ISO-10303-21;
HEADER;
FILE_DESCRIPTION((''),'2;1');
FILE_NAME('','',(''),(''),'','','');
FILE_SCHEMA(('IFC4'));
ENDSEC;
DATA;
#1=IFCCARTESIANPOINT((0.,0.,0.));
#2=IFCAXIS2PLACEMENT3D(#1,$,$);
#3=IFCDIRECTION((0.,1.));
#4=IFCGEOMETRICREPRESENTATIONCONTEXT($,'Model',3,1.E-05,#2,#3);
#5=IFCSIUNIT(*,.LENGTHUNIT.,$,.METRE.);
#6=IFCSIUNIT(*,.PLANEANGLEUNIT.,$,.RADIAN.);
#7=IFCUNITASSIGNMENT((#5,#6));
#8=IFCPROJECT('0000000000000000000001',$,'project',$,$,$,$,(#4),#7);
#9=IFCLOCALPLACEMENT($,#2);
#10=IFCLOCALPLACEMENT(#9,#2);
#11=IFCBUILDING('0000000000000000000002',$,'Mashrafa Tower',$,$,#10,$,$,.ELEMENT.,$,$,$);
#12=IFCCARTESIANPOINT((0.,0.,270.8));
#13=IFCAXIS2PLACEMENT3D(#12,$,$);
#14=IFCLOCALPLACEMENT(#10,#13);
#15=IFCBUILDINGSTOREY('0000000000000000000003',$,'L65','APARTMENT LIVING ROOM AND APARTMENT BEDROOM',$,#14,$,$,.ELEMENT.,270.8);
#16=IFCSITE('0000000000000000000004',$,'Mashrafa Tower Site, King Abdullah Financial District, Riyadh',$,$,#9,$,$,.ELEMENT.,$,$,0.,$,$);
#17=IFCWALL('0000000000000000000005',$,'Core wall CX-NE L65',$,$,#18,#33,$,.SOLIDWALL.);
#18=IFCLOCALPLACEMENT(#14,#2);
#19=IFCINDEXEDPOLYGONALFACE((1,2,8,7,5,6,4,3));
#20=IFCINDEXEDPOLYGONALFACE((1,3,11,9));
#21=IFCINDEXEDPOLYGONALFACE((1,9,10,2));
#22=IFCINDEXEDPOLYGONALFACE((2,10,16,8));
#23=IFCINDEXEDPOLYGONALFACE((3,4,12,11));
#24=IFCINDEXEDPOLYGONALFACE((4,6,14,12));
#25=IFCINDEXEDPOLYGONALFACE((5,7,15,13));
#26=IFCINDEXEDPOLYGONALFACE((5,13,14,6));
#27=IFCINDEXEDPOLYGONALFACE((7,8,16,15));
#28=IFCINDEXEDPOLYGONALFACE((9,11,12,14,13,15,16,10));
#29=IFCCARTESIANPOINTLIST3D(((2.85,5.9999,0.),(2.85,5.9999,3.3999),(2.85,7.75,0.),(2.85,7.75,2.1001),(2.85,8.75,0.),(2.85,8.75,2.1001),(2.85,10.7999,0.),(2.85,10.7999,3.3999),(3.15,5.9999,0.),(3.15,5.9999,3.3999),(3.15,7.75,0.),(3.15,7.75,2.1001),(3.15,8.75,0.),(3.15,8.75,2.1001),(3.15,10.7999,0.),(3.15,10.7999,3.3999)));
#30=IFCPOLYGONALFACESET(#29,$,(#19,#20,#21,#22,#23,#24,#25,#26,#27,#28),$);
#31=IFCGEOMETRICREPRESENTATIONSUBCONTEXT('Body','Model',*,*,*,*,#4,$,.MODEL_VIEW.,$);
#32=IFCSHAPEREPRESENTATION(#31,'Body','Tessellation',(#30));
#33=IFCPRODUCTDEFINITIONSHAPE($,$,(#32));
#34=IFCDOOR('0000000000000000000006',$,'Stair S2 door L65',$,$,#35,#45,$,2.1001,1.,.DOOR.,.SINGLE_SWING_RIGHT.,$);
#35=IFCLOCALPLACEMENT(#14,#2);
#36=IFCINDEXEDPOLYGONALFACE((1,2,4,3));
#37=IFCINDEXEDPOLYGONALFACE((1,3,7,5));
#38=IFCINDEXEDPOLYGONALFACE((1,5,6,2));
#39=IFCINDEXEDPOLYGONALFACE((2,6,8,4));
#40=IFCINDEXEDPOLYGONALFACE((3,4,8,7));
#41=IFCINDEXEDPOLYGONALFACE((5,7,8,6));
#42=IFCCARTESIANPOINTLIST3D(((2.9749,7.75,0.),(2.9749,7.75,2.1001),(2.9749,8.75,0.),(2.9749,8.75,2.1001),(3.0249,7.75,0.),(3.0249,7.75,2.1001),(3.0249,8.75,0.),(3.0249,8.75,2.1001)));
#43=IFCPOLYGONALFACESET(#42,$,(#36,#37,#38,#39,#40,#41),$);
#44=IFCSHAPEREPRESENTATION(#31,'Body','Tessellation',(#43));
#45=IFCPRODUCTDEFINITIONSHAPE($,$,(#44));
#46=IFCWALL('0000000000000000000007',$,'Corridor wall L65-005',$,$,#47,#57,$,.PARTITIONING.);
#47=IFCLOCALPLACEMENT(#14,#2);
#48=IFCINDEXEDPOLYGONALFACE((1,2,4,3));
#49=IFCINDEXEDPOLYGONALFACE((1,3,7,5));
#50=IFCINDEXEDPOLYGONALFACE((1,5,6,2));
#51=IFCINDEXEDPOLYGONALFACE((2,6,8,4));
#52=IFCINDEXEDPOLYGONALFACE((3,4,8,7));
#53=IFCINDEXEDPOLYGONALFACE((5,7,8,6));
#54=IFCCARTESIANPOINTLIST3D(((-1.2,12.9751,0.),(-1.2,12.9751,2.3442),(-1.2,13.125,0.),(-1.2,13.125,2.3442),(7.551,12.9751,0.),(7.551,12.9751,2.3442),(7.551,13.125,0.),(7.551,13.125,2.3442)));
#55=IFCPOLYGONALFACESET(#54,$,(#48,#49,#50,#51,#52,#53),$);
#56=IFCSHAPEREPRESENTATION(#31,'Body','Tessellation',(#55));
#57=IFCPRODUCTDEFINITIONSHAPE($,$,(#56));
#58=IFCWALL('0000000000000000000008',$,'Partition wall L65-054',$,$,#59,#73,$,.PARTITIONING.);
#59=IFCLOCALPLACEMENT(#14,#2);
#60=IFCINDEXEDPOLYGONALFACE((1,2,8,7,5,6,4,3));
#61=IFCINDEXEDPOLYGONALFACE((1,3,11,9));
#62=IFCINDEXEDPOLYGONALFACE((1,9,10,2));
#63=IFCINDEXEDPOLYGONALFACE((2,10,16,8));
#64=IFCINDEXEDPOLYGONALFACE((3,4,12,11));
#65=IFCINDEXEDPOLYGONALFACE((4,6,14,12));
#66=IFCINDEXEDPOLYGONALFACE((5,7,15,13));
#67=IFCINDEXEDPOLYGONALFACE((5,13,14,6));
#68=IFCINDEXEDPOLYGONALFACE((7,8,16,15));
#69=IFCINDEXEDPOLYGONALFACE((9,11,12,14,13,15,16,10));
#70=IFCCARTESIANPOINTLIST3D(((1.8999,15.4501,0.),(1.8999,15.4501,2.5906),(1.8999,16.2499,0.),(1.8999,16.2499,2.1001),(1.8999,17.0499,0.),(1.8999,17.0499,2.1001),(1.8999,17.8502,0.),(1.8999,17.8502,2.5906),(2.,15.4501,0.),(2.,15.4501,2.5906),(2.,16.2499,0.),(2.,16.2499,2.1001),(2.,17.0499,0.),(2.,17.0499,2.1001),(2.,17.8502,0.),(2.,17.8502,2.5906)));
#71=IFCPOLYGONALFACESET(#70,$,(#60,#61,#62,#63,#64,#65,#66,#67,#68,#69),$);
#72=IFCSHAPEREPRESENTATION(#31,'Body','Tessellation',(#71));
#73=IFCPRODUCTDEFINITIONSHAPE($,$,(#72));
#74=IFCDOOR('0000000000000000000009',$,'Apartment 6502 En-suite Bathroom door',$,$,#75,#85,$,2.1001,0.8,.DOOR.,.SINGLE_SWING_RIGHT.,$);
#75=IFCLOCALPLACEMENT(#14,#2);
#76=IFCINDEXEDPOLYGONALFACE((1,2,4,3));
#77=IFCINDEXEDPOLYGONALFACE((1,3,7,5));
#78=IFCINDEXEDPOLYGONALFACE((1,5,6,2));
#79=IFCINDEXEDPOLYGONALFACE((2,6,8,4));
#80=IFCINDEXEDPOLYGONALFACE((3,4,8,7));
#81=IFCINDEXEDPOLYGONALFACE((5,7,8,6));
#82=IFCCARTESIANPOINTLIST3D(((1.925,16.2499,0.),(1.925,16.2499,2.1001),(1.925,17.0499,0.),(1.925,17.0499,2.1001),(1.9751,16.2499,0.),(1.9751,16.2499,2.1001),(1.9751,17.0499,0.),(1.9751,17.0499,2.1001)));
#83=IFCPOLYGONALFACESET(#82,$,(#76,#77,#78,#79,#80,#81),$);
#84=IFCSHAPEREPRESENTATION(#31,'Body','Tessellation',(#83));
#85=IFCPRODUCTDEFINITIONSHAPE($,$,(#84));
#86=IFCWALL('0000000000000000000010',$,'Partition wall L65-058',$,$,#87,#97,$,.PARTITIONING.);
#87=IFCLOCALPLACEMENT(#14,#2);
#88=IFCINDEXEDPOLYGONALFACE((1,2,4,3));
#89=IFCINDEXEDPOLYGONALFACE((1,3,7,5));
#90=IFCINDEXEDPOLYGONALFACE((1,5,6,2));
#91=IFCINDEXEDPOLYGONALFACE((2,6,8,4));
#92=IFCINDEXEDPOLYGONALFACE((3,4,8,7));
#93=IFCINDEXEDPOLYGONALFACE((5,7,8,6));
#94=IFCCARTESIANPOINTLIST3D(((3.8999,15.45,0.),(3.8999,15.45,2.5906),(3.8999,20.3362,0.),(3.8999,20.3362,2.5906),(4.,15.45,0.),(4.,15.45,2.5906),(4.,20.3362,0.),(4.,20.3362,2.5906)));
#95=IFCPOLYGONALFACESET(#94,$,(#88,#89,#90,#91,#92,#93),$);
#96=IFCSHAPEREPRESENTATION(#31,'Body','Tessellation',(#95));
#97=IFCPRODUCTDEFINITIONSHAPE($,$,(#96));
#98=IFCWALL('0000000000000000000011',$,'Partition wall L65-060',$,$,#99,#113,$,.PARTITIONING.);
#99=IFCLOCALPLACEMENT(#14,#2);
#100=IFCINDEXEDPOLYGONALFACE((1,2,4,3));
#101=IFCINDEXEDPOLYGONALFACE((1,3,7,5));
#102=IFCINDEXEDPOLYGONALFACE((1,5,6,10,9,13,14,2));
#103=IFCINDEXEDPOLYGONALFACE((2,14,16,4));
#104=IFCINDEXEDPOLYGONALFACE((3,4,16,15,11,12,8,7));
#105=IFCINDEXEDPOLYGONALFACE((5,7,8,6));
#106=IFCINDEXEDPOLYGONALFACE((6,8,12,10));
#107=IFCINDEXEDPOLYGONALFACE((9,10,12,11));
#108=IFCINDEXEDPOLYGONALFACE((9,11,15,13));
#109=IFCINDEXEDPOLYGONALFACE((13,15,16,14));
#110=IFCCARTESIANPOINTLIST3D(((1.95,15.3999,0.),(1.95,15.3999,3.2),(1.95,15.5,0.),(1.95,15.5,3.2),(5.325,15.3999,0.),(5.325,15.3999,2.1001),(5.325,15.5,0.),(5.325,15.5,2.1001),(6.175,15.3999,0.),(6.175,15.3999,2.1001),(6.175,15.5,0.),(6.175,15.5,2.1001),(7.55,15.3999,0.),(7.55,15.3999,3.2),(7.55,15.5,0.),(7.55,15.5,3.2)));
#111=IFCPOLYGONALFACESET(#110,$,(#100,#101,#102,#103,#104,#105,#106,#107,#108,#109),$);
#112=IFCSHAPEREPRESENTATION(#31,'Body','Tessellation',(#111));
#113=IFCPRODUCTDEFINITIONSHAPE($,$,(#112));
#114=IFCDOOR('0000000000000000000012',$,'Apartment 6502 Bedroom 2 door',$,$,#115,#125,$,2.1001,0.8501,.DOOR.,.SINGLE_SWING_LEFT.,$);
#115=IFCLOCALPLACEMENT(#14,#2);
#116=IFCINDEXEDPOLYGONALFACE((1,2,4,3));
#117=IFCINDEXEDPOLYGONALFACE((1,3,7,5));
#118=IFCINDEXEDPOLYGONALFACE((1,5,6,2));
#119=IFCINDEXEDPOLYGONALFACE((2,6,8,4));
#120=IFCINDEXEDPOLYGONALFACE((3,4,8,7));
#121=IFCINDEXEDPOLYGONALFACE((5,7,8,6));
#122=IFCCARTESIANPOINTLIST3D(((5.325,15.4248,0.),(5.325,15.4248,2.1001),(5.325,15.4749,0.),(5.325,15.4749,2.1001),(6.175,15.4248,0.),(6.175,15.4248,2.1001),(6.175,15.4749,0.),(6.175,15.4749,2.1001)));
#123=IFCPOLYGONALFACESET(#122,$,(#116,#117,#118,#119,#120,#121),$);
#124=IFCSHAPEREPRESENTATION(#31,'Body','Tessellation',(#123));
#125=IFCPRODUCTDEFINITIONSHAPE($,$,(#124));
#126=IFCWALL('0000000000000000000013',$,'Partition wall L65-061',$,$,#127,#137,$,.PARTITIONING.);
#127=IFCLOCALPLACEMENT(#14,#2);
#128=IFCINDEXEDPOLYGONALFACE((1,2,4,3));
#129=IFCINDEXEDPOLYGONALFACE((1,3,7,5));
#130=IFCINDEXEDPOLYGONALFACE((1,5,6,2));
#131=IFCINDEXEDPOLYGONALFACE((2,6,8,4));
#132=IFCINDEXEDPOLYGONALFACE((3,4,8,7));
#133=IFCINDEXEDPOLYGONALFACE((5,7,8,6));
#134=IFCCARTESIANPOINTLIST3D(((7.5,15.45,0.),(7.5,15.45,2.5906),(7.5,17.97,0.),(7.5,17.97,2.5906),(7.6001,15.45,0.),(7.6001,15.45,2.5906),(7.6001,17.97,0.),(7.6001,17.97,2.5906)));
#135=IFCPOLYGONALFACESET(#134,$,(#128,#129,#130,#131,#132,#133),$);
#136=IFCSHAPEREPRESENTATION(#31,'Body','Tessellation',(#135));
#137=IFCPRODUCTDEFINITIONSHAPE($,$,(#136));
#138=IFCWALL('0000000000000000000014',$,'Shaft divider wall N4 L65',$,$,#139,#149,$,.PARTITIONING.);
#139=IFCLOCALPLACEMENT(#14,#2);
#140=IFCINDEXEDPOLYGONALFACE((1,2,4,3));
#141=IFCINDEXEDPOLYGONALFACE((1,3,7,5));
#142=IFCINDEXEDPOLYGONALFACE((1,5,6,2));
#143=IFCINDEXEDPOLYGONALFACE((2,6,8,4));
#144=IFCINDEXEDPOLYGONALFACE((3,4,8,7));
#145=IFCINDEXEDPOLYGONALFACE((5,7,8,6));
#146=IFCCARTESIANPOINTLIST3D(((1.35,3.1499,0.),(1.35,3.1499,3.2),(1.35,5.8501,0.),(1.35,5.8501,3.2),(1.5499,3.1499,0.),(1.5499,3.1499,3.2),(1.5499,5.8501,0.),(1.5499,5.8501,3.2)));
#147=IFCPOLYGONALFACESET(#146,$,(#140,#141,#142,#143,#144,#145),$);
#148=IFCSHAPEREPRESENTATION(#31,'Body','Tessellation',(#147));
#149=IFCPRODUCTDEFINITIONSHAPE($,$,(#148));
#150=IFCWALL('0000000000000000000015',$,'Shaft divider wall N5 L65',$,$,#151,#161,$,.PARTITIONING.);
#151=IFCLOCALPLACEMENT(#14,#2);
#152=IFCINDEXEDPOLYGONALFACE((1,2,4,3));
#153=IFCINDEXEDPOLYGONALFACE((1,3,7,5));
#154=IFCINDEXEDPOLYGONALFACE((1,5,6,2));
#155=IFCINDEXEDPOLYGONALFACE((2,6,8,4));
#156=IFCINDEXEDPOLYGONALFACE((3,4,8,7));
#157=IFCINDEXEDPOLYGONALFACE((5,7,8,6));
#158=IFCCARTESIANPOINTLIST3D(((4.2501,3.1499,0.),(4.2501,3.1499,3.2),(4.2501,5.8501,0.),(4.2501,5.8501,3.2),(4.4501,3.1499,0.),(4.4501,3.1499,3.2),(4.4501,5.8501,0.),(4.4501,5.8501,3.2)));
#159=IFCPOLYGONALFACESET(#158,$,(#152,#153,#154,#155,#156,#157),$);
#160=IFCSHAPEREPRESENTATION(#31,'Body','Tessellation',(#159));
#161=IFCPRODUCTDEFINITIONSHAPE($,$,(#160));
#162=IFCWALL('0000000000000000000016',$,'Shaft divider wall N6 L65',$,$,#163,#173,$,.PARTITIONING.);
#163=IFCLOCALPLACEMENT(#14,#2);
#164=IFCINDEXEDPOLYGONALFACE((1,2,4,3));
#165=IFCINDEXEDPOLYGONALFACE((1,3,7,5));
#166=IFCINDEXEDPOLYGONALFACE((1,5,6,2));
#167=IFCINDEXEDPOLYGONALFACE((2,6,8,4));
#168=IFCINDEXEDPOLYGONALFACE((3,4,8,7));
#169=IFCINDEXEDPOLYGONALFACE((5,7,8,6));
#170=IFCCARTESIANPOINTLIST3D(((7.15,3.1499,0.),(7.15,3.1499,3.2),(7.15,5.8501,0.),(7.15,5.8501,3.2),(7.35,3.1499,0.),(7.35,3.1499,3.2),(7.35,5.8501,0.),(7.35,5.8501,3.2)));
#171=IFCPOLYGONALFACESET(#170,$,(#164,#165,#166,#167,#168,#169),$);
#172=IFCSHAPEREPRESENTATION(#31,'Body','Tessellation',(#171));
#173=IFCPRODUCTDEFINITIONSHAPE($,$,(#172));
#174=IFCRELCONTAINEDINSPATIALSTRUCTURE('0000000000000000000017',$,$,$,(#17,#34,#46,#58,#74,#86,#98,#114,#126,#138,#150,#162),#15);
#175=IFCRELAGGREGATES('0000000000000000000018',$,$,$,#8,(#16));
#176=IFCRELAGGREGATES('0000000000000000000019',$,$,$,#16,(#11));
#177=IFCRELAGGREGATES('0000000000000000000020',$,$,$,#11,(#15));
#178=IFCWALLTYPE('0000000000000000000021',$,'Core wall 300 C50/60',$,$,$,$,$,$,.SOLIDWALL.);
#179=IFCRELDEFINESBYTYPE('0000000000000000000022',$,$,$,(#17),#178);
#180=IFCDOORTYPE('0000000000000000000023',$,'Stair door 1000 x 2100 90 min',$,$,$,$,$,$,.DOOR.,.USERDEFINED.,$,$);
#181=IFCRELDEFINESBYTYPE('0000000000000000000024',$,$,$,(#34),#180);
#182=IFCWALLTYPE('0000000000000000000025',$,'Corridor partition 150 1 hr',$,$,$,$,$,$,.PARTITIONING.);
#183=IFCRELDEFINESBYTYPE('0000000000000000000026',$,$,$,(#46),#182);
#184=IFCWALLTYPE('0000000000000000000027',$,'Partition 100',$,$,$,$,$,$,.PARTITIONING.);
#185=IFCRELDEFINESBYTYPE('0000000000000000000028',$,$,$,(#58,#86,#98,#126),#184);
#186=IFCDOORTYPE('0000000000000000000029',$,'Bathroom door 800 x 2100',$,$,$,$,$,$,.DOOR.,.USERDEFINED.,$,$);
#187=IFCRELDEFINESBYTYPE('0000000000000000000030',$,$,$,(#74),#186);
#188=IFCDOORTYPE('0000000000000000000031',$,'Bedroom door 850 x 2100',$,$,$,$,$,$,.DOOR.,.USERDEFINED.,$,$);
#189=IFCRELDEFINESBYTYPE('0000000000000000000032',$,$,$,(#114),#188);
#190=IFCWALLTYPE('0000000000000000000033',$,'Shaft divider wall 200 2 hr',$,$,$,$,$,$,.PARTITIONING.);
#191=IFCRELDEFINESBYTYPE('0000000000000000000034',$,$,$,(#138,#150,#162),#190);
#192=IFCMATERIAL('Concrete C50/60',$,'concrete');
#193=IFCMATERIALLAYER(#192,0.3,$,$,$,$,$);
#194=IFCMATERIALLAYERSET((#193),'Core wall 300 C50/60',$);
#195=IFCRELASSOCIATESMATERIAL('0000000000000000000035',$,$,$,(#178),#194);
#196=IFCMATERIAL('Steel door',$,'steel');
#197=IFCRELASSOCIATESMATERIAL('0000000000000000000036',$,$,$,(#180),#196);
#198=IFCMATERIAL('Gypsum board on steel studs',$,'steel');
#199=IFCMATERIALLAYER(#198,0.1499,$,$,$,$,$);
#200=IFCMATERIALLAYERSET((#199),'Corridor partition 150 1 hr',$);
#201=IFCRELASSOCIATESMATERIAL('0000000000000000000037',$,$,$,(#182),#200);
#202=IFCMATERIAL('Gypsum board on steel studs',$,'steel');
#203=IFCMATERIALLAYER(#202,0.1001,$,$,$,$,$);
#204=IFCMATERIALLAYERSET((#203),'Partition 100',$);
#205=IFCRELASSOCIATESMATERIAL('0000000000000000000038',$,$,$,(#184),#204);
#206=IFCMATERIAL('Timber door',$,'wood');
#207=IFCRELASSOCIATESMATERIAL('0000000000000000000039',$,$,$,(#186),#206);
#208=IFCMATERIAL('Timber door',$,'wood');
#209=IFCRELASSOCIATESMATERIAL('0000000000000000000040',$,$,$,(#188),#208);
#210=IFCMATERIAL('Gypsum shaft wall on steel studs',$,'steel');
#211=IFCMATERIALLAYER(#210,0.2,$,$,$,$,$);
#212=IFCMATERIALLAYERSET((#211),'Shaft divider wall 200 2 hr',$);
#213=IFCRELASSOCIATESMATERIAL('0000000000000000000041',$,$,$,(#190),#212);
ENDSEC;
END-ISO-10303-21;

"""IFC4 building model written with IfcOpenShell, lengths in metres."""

from ifc_helpers import new_model, si_unit, direction, frame, frame_2d, origin, place, context, subcontext, project, spatial, rectangle, extrude, material, layer, layer_set, type_object, element, fill, save


model = new_model("IFC4")

# Units and contexts
model_context = context("Model", 3, precision=1e-05, world=origin(), true_north=direction((0.0, 1.0)))
body_context = subcontext(model_context, "Body", "Model", "MODEL_VIEW")
ifc_project = project(units=[si_unit("LENGTHUNIT", "METRE"), si_unit("PLANEANGLEUNIT", "RADIAN")], contexts=[model_context])

# Site, building, storey
site_placement = place(None, origin())
site = spatial("IfcSite", under=ifc_project, at=site_placement, Name="Mashrafa Tower Site, King Abdullah Financial District, Riyadh", CompositionType="ELEMENT", RefElevation=0.0)
building_placement = place(site_placement, origin())
building = spatial("IfcBuilding", under=site, at=building_placement, Name="Mashrafa Tower", CompositionType="ELEMENT")
storey_placement = place(building_placement, frame((0.0, 0.0, 270.8)))
storey = spatial("IfcBuildingStorey", under=building, at=storey_placement, Name="L65", Description="APARTMENT LIVING ROOM AND APARTMENT BEDROOM", CompositionType="ELEMENT", Elevation=270.8)

# Wall, opening, door
ifc_material_1 = material(Name="Concrete C50/60", Category="concrete")
ifc_layer_1 = layer(ifc_material_1, 0.3)
ifc_layer_set_1 = layer_set([ifc_layer_1], Name="Core wall 300 C50/60")
wall_type_1 = type_object("IfcWallType", Name="Core wall 300 C50/60", PredefinedType="SOLIDWALL", material=ifc_layer_set_1)
wall_1_placement = place(storey_placement, frame((3.0, 6.0, 0.0), z_axis=(0.0, 0.0, 1.0), x_axis=(0.0, 1.0, 0.0)))
wall_1 = element("IfcWall", 1, at=wall_1_placement, inside=storey, type_object=wall_type_1, Name="Core wall CX-NE L65", PredefinedType="SOLIDWALL", context=body_context, shape_type="SweptSolid", body=[
    extrude(rectangle(XDim=4.8, YDim=0.3, at=frame_2d((2.3999, 0.0))), origin(), (0.0, 0.0, 1.0), 3.3999),
])
opening_1_placement = place(wall_1_placement, frame((1.75, 0.0, 0.0)))
opening_1 = element("IfcOpeningElement", 2, at=opening_1_placement, cuts=wall_1, PredefinedType="OPENING", context=body_context, shape_type="SweptSolid", body=[
    extrude(rectangle(XDim=1.0, YDim=2.1001, at=frame_2d((0.5, 1.05))), frame((0.0, 0.1599, 0.0), z_axis=(0.0, -1.0, 0.0), x_axis=(1.0, 0.0, 0.0)), (0.0, 0.0, 1.0), 0.3201),
])
ifc_material_2 = material(Name="Steel door", Category="steel")
door_type_1 = type_object("IfcDoorType", Name="Stair door 1000 x 2100 90 min", OperationType="USERDEFINED", PredefinedType="DOOR", material=ifc_material_2)
door_1_placement = place(opening_1_placement, frame((1.0, 0.0, 0.0), z_axis=(0.0, 0.0, 1.0), x_axis=(-1.0, 0.0, 0.0)))
door_1 = element("IfcDoor", 3, at=door_1_placement, inside=storey, type_object=door_type_1, Name="Stair S2 door L65", OperationType="SINGLE_SWING_RIGHT", OverallHeight=2.1001, OverallWidth=1.0, PredefinedType="DOOR", context=body_context, shape_type="SweptSolid", body=[
    extrude(rectangle(XDim=1.0, YDim=2.1001, at=frame_2d((0.5, 1.05))), frame((0.0, 0.0249, 0.0), z_axis=(0.0, -1.0, 0.0), x_axis=(1.0, 0.0, 0.0)), (0.0, 0.0, 1.0), 0.05),
])
fill(opening_1, door_1)

# Wall
ifc_material_3 = material(Name="Gypsum board on steel studs", Category="steel")
ifc_layer_2 = layer(ifc_material_3, 0.1499)
ifc_layer_set_2 = layer_set([ifc_layer_2], Name="Corridor partition 150 1 hr")
wall_type_2 = type_object("IfcWallType", Name="Corridor partition 150 1 hr", PredefinedType="PARTITIONING", material=ifc_layer_set_2)
wall_2_placement = place(storey_placement, frame((7.551, 13.05, 0.0), z_axis=(0.0, 0.0, 1.0), x_axis=(-1.0, 0.0, 0.0)))
element("IfcWall", 4, at=wall_2_placement, inside=storey, type_object=wall_type_2, Name="Corridor wall L65-005", PredefinedType="PARTITIONING", context=body_context, shape_type="SweptSolid", body=[
    extrude(rectangle(XDim=8.751, YDim=0.1499, at=frame_2d((4.3755, 0.0))), origin(), (0.0, 0.0, 1.0), 2.3442),
])

# Wall, opening, door
ifc_material_4 = material(Name="Gypsum board on steel studs", Category="steel")
ifc_layer_3 = layer(ifc_material_4, 0.1001)
ifc_layer_set_3 = layer_set([ifc_layer_3], Name="Partition 100")
wall_type_3 = type_object("IfcWallType", Name="Partition 100", PredefinedType="PARTITIONING", material=ifc_layer_set_3)
wall_3_placement = place(storey_placement, frame((1.95, 15.45, 0.0), z_axis=(0.0, 0.0, 1.0), x_axis=(0.0, 1.0, 0.0)))
wall_3 = element("IfcWall", 5, at=wall_3_placement, inside=storey, type_object=wall_type_3, Name="Partition wall L65-054", PredefinedType="PARTITIONING", context=body_context, shape_type="SweptSolid", body=[
    extrude(rectangle(XDim=2.4001, YDim=0.1001, at=frame_2d((1.2002, 0.0))), origin(), (0.0, 0.0, 1.0), 2.5906),
])
opening_2_placement = place(wall_3_placement, frame((0.8, 0.0, 0.0)))
opening_2 = element("IfcOpeningElement", 6, at=opening_2_placement, cuts=wall_3, PredefinedType="OPENING", context=body_context, shape_type="SweptSolid", body=[
    extrude(rectangle(XDim=0.8, YDim=2.1001, at=frame_2d((0.3999, 1.05))), frame((0.0, 0.0601, 0.0), z_axis=(0.0, -1.0, 0.0), x_axis=(1.0, 0.0, 0.0)), (0.0, 0.0, 1.0), 0.1201),
])
ifc_material_5 = material(Name="Timber door", Category="wood")
door_type_2 = type_object("IfcDoorType", Name="Bathroom door 800 x 2100", OperationType="USERDEFINED", PredefinedType="DOOR", material=ifc_material_5)
door_2_placement = place(opening_2_placement, origin())
door_2 = element("IfcDoor", 7, at=door_2_placement, inside=storey, type_object=door_type_2, Name="Apartment 6502 En-suite Bathroom door", OperationType="SINGLE_SWING_RIGHT", OverallHeight=2.1001, OverallWidth=0.8, PredefinedType="DOOR", context=body_context, shape_type="SweptSolid", body=[
    extrude(rectangle(XDim=0.8, YDim=2.1001, at=frame_2d((0.3999, 1.05))), frame((0.0, 0.0249, 0.0), z_axis=(0.0, -1.0, 0.0), x_axis=(1.0, 0.0, 0.0)), (0.0, 0.0, 1.0), 0.05),
])
fill(opening_2, door_2)

# Wall
wall_4_placement = place(storey_placement, frame((3.95, 15.45, 0.0), z_axis=(0.0, 0.0, 1.0), x_axis=(0.0, 1.0, 0.0)))
element("IfcWall", 8, at=wall_4_placement, inside=storey, type_object=wall_type_3, Name="Partition wall L65-058", PredefinedType="PARTITIONING", context=body_context, shape_type="SweptSolid", body=[
    extrude(rectangle(XDim=4.8862, YDim=0.1001, at=frame_2d((2.4431, 0.0))), origin(), (0.0, 0.0, 1.0), 2.5906),
])

# Wall, opening, door
wall_5_placement = place(storey_placement, frame((1.95, 15.45, 0.0), z_axis=(0.0, 0.0, 1.0), x_axis=(1.0, 0.0, 0.0)))
wall_5 = element("IfcWall", 9, at=wall_5_placement, inside=storey, type_object=wall_type_3, Name="Partition wall L65-060", PredefinedType="PARTITIONING", context=body_context, shape_type="SweptSolid", body=[
    extrude(rectangle(XDim=5.6001, YDim=0.1001, at=frame_2d((2.8, 0.0))), origin(), (0.0, 0.0, 1.0), 3.2),
])
opening_3_placement = place(wall_5_placement, frame((3.375, 0.0, 0.0)))
opening_3 = element("IfcOpeningElement", 10, at=opening_3_placement, cuts=wall_5, PredefinedType="OPENING", context=body_context, shape_type="SweptSolid", body=[
    extrude(rectangle(XDim=0.8501, YDim=2.1001, at=frame_2d((0.425, 1.05))), frame((0.0, 0.0601, 0.0), z_axis=(0.0, -1.0, 0.0), x_axis=(1.0, 0.0, 0.0)), (0.0, 0.0, 1.0), 0.1201),
])
ifc_material_6 = material(Name="Timber door", Category="wood")
door_type_3 = type_object("IfcDoorType", Name="Bedroom door 850 x 2100", OperationType="USERDEFINED", PredefinedType="DOOR", material=ifc_material_6)
door_3_placement = place(opening_3_placement, origin())
door_3 = element("IfcDoor", 11, at=door_3_placement, inside=storey, type_object=door_type_3, Name="Apartment 6502 Bedroom 2 door", OperationType="SINGLE_SWING_LEFT", OverallHeight=2.1001, OverallWidth=0.8501, PredefinedType="DOOR", context=body_context, shape_type="SweptSolid", body=[
    extrude(rectangle(XDim=0.8501, YDim=2.1001, at=frame_2d((0.425, 1.05))), frame((0.0, 0.0249, 0.0), z_axis=(0.0, -1.0, 0.0), x_axis=(1.0, 0.0, 0.0)), (0.0, 0.0, 1.0), 0.05),
])
fill(opening_3, door_3)

# Walls
wall_6_placement = place(storey_placement, frame((7.55, 15.45, 0.0), z_axis=(0.0, 0.0, 1.0), x_axis=(0.0, 1.0, 0.0)))
element("IfcWall", 12, at=wall_6_placement, inside=storey, type_object=wall_type_3, Name="Partition wall L65-061", PredefinedType="PARTITIONING", context=body_context, shape_type="SweptSolid", body=[
    extrude(rectangle(XDim=2.52, YDim=0.1001, at=frame_2d((1.26, 0.0))), origin(), (0.0, 0.0, 1.0), 2.5906),
])
ifc_material_7 = material(Name="Gypsum shaft wall on steel studs", Category="steel")
ifc_layer_4 = layer(ifc_material_7, 0.2)
ifc_layer_set_4 = layer_set([ifc_layer_4], Name="Shaft divider wall 200 2 hr")
wall_type_4 = type_object("IfcWallType", Name="Shaft divider wall 200 2 hr", PredefinedType="PARTITIONING", material=ifc_layer_set_4)
for number, where, z_axis, x_axis, name in (
    (13, (1.45, 3.1499, 0.0), (0.0, 0.0, 1.0), (0.0, 1.0, 0.0), "Shaft divider wall N4 L65"),
    (14, (4.3501, 3.1499, 0.0), (0.0, 0.0, 1.0), (0.0, 1.0, 0.0), "Shaft divider wall N5 L65"),
    (15, (7.25, 3.1499, 0.0), (0.0, 0.0, 1.0), (0.0, 1.0, 0.0), "Shaft divider wall N6 L65"),
):
    element("IfcWall", number, at=place(storey_placement, frame(where, z_axis=z_axis, x_axis=x_axis)), inside=storey, type_object=wall_type_4, Name=name, PredefinedType="PARTITIONING", context=body_context, shape_type="SweptSolid", body=[
        extrude(rectangle(XDim=2.7002, YDim=0.2, at=frame_2d((1.3501, 0.0))), origin(), (0.0, 0.0, 1.0), 3.2),
    ])

save(model, "model.ifc")
